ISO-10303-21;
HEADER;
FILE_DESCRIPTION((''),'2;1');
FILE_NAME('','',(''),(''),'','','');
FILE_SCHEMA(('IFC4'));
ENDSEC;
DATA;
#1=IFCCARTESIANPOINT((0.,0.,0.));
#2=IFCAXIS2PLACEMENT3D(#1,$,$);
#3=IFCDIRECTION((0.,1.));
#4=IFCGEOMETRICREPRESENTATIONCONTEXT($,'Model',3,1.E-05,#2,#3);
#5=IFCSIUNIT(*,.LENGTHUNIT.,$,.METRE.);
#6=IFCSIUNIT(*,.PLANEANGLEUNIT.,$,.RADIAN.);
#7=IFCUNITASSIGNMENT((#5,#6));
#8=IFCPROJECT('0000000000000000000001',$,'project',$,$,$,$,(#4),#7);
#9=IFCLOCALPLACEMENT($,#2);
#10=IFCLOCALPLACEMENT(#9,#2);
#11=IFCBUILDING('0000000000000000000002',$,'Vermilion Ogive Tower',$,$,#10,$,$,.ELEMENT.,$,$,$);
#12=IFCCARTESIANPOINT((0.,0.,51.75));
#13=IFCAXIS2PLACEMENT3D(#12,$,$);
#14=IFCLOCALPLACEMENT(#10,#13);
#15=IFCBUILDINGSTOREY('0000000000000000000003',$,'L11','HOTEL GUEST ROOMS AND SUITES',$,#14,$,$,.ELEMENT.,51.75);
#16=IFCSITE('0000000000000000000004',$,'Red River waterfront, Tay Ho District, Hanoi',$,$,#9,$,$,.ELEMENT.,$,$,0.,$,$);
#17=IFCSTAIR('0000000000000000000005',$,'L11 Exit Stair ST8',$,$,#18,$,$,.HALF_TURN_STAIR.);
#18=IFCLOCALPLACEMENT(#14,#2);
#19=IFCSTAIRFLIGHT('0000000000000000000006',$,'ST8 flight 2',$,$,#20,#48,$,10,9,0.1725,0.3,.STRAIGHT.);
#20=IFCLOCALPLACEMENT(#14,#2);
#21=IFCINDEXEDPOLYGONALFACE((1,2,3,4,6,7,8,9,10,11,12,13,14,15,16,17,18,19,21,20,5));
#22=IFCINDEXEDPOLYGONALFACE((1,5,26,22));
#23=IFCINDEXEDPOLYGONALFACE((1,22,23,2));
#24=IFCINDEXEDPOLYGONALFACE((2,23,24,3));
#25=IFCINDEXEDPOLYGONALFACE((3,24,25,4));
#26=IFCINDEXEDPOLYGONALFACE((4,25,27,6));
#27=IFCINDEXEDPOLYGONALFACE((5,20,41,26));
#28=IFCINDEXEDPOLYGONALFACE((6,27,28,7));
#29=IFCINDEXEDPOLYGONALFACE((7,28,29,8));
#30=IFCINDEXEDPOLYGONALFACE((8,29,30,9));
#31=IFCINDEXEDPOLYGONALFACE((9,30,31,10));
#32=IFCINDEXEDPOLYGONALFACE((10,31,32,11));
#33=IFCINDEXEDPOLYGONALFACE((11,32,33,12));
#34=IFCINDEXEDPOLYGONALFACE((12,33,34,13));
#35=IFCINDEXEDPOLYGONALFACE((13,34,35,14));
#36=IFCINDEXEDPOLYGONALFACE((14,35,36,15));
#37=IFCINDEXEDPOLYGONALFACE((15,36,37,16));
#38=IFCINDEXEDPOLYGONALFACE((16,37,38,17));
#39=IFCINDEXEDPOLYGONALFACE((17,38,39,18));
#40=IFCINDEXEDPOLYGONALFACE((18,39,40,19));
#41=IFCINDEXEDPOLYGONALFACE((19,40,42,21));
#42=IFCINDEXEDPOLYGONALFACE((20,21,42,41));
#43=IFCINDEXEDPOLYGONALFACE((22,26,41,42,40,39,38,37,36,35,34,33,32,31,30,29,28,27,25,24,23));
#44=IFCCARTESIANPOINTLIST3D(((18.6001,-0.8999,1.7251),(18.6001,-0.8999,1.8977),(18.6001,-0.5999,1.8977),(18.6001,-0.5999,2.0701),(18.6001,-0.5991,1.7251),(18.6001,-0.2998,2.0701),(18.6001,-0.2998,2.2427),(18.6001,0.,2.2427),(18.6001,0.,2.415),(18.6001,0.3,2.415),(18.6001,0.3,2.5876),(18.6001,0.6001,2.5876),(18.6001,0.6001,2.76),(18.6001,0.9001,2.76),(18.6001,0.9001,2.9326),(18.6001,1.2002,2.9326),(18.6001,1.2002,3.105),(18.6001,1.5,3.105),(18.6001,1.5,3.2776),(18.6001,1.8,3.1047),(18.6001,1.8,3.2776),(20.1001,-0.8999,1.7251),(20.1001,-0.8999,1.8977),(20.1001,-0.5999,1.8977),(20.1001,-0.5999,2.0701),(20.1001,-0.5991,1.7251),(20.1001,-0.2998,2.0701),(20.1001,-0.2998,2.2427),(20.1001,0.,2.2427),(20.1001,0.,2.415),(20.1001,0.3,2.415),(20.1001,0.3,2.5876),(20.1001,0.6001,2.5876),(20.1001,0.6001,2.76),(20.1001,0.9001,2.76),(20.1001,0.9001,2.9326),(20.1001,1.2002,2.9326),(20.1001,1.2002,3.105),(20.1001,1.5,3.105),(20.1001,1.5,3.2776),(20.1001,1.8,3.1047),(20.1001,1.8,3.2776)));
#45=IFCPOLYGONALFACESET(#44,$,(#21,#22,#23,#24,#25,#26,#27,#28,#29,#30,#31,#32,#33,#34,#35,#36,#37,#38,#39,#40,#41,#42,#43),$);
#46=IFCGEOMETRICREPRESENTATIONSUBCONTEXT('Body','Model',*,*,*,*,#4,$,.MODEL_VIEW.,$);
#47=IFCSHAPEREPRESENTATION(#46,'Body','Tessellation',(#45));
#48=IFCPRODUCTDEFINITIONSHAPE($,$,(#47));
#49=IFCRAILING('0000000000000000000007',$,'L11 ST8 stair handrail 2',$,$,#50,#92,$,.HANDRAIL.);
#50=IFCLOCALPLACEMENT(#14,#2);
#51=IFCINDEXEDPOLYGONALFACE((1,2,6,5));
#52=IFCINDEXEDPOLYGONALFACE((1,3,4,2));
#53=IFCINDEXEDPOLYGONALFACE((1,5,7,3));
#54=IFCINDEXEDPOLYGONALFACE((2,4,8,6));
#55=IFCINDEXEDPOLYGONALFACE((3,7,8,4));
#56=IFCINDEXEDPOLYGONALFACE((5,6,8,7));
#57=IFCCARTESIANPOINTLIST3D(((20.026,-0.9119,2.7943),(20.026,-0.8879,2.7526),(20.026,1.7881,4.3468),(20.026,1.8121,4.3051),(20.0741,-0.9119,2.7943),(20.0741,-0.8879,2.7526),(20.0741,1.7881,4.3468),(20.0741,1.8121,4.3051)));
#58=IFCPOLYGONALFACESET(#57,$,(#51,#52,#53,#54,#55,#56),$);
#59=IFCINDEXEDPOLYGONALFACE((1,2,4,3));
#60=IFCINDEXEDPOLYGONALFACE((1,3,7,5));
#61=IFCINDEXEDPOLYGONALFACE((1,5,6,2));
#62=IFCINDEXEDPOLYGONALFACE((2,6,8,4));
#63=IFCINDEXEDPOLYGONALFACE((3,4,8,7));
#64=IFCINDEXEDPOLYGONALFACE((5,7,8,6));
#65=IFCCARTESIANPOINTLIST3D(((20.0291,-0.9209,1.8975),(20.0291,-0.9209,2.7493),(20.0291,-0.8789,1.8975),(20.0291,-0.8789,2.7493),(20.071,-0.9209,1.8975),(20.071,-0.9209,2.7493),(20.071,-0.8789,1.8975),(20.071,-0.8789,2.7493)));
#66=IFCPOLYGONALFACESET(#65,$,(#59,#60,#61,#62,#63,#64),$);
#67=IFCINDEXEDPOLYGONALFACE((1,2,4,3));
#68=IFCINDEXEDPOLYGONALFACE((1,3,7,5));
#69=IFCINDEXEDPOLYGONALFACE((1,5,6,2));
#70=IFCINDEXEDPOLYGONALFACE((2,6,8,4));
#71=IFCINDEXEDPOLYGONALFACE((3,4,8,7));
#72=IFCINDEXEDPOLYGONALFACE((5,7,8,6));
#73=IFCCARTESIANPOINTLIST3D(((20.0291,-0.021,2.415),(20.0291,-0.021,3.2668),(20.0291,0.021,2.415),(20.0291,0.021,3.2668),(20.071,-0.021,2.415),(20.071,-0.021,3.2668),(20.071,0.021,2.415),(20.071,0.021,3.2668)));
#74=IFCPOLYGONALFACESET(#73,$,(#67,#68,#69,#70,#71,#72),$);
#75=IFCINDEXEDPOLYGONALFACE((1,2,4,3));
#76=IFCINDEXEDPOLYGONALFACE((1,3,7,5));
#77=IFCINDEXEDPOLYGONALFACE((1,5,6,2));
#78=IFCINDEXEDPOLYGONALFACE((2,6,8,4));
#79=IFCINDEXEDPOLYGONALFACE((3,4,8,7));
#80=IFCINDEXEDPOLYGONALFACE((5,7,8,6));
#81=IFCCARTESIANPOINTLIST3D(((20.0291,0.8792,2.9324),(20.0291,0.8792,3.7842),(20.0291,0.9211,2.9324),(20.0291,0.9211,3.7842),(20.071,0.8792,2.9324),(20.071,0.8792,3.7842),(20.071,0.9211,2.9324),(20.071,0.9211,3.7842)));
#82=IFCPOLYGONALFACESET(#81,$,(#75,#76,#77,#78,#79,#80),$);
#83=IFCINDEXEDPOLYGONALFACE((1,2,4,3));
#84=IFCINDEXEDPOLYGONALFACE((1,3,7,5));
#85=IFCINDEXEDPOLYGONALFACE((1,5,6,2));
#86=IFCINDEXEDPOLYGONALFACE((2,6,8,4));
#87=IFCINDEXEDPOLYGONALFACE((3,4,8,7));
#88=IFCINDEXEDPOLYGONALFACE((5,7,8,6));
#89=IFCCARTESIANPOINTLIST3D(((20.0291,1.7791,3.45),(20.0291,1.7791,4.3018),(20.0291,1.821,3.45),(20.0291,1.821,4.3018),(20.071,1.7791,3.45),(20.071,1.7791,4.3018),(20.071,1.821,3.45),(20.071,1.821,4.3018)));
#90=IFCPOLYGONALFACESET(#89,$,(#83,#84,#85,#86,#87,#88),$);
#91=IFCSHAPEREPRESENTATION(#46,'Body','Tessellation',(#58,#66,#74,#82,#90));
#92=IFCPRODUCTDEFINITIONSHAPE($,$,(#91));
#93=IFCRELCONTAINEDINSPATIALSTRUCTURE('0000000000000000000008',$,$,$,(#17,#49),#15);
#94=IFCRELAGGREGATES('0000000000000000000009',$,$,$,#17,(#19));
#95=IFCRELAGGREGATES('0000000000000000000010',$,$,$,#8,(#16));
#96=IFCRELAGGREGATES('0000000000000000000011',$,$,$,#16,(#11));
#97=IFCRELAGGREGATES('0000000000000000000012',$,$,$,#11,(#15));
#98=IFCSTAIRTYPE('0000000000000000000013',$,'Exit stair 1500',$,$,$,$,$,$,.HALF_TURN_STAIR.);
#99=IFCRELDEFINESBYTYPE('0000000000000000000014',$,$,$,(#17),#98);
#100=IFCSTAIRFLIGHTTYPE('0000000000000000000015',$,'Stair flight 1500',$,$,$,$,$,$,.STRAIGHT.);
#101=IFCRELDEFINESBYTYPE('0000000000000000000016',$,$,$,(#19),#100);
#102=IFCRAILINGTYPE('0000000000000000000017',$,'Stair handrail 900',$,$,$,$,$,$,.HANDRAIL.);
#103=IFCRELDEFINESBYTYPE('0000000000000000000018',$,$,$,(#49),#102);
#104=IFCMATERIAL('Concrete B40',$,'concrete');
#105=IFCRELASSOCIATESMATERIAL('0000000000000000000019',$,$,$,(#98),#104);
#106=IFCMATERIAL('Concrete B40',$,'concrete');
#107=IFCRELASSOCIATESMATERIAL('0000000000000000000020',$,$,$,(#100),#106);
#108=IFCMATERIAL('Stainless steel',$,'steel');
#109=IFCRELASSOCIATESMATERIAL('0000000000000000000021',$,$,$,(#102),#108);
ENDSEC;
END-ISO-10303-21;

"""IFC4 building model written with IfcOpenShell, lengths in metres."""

from ifc_helpers import new_model, si_unit, direction, frame, origin, origin_2d, place, context, subcontext, project, spatial, polyline, rectangle, outline, extrude, material, type_object, element, aggregate, save


model = new_model("IFC4")

# Units and contexts
model_context = context("Model", 3, precision=1e-05, world=origin(), true_north=direction((0.0, 1.0)))
body_context = subcontext(model_context, "Body", "Model", "MODEL_VIEW")
ifc_project = project(units=[si_unit("LENGTHUNIT", "METRE"), si_unit("PLANEANGLEUNIT", "RADIAN")], contexts=[model_context])

# Site, building, storey
site_placement = place(None, origin())
site = spatial("IfcSite", under=ifc_project, at=site_placement, Name="Red River waterfront, Tay Ho District, Hanoi", CompositionType="ELEMENT", RefElevation=0.0)
building_placement = place(site_placement, origin())
building = spatial("IfcBuilding", under=site, at=building_placement, Name="Vermilion Ogive Tower", CompositionType="ELEMENT")
storey_placement = place(building_placement, frame((0.0, 0.0, 51.75)))
storey = spatial("IfcBuildingStorey", under=building, at=storey_placement, Name="L11", Description="HOTEL GUEST ROOMS AND SUITES", CompositionType="ELEMENT", Elevation=51.75)

# Stair, stair flight
ifc_material_1 = material(Name="Concrete B40", Category="concrete")
stair_type = type_object("IfcStairType", Name="Exit stair 1500", PredefinedType="HALF_TURN_STAIR", material=ifc_material_1)
stair_placement = place(storey_placement, origin())
stair = element("IfcStair", 1, at=stair_placement, inside=storey, type_object=stair_type, Name="L11 Exit Stair ST8", PredefinedType="HALF_TURN_STAIR")
ifc_material_2 = material(Name="Concrete B40", Category="concrete")
stair_flight_type = type_object("IfcStairFlightType", Name="Stair flight 1500", PredefinedType="STRAIGHT", material=ifc_material_2)
stair_flight_placement = place(storey_placement, frame((19.3501, -0.8999, 1.7251), z_axis=(0.0, 0.0, 1.0), x_axis=(0.0, 1.0, 0.0)))
stair_flight = element("IfcStairFlight", 2, at=stair_flight_placement, type_object=stair_flight_type, Name="ST8 flight 2", NumberOfRisers=10, NumberOfTreads=9, PredefinedType="STRAIGHT", RiserHeight=0.1725, TreadLength=0.3, context=body_context, shape_type="SweptSolid", body=[
    extrude(outline(polyline([(0.0, 0.0), (0.0, 0.1726), (0.3, 0.1726), (0.3, 0.345), (0.6001, 0.345), (0.6001, 0.5176), (0.8999, 0.5176), (0.8999, 0.6899), (1.2, 0.6899), (1.2, 0.8625), (1.5, 0.8625), (1.5, 1.0349), (1.8, 1.0349), (1.8, 1.2075), (2.1001, 1.2075), (2.1001, 1.3799), (2.3999, 1.3799), (2.3999, 1.5525), (2.7, 1.5525), (2.7, 1.7251), (2.7, 1.3796), (0.3008, 0.0), (0.0, 0.0)])), frame((0.0, 0.75, 0.0), z_axis=(0.0, -1.0, 0.0), x_axis=(1.0, 0.0, 0.0)), (0.0, 0.0, 1.0), 1.5),
])
aggregate(stair, [stair_flight])

# Railing
ifc_material_3 = material(Name="Stainless steel", Category="steel")
railing_type = type_object("IfcRailingType", Name="Stair handrail 900", PredefinedType="HANDRAIL", material=ifc_material_3)
railing_placement = place(storey_placement, frame((20.05, -0.8999, 1.8975)))
element("IfcRailing", 3, at=railing_placement, inside=storey, type_object=railing_type, Name="L11 ST8 stair handrail 2", PredefinedType="HANDRAIL", context=body_context, shape_type="SweptSolid", body=[
    extrude(rectangle(XDim=0.0481, YDim=0.0481, at=origin_2d()), frame((0.0, 0.0, 0.876), z_axis=(0.0, 0.866904, 0.498476), x_axis=(-1.0, 0.0, 0.0)), (0.0, 0.0, 1.0), 3.1145),
    extrude(rectangle(XDim=0.042, YDim=0.042, at=origin_2d()), origin(), (0.0, 0.0, 1.0), 0.8518),
    extrude(rectangle(XDim=0.042, YDim=0.042, at=origin_2d()), frame((0.0, 0.8999, 0.5176)), (0.0, 0.0, 1.0), 0.8518),
    extrude(rectangle(XDim=0.042, YDim=0.042, at=origin_2d()), frame((0.0, 1.8, 1.0349)), (0.0, 0.0, 1.0), 0.8518),
    extrude(rectangle(XDim=0.042, YDim=0.042, at=origin_2d()), frame((0.0, 2.7, 1.5525)), (0.0, 0.0, 1.0), 0.8518),
])

save(model, "model.ifc")
